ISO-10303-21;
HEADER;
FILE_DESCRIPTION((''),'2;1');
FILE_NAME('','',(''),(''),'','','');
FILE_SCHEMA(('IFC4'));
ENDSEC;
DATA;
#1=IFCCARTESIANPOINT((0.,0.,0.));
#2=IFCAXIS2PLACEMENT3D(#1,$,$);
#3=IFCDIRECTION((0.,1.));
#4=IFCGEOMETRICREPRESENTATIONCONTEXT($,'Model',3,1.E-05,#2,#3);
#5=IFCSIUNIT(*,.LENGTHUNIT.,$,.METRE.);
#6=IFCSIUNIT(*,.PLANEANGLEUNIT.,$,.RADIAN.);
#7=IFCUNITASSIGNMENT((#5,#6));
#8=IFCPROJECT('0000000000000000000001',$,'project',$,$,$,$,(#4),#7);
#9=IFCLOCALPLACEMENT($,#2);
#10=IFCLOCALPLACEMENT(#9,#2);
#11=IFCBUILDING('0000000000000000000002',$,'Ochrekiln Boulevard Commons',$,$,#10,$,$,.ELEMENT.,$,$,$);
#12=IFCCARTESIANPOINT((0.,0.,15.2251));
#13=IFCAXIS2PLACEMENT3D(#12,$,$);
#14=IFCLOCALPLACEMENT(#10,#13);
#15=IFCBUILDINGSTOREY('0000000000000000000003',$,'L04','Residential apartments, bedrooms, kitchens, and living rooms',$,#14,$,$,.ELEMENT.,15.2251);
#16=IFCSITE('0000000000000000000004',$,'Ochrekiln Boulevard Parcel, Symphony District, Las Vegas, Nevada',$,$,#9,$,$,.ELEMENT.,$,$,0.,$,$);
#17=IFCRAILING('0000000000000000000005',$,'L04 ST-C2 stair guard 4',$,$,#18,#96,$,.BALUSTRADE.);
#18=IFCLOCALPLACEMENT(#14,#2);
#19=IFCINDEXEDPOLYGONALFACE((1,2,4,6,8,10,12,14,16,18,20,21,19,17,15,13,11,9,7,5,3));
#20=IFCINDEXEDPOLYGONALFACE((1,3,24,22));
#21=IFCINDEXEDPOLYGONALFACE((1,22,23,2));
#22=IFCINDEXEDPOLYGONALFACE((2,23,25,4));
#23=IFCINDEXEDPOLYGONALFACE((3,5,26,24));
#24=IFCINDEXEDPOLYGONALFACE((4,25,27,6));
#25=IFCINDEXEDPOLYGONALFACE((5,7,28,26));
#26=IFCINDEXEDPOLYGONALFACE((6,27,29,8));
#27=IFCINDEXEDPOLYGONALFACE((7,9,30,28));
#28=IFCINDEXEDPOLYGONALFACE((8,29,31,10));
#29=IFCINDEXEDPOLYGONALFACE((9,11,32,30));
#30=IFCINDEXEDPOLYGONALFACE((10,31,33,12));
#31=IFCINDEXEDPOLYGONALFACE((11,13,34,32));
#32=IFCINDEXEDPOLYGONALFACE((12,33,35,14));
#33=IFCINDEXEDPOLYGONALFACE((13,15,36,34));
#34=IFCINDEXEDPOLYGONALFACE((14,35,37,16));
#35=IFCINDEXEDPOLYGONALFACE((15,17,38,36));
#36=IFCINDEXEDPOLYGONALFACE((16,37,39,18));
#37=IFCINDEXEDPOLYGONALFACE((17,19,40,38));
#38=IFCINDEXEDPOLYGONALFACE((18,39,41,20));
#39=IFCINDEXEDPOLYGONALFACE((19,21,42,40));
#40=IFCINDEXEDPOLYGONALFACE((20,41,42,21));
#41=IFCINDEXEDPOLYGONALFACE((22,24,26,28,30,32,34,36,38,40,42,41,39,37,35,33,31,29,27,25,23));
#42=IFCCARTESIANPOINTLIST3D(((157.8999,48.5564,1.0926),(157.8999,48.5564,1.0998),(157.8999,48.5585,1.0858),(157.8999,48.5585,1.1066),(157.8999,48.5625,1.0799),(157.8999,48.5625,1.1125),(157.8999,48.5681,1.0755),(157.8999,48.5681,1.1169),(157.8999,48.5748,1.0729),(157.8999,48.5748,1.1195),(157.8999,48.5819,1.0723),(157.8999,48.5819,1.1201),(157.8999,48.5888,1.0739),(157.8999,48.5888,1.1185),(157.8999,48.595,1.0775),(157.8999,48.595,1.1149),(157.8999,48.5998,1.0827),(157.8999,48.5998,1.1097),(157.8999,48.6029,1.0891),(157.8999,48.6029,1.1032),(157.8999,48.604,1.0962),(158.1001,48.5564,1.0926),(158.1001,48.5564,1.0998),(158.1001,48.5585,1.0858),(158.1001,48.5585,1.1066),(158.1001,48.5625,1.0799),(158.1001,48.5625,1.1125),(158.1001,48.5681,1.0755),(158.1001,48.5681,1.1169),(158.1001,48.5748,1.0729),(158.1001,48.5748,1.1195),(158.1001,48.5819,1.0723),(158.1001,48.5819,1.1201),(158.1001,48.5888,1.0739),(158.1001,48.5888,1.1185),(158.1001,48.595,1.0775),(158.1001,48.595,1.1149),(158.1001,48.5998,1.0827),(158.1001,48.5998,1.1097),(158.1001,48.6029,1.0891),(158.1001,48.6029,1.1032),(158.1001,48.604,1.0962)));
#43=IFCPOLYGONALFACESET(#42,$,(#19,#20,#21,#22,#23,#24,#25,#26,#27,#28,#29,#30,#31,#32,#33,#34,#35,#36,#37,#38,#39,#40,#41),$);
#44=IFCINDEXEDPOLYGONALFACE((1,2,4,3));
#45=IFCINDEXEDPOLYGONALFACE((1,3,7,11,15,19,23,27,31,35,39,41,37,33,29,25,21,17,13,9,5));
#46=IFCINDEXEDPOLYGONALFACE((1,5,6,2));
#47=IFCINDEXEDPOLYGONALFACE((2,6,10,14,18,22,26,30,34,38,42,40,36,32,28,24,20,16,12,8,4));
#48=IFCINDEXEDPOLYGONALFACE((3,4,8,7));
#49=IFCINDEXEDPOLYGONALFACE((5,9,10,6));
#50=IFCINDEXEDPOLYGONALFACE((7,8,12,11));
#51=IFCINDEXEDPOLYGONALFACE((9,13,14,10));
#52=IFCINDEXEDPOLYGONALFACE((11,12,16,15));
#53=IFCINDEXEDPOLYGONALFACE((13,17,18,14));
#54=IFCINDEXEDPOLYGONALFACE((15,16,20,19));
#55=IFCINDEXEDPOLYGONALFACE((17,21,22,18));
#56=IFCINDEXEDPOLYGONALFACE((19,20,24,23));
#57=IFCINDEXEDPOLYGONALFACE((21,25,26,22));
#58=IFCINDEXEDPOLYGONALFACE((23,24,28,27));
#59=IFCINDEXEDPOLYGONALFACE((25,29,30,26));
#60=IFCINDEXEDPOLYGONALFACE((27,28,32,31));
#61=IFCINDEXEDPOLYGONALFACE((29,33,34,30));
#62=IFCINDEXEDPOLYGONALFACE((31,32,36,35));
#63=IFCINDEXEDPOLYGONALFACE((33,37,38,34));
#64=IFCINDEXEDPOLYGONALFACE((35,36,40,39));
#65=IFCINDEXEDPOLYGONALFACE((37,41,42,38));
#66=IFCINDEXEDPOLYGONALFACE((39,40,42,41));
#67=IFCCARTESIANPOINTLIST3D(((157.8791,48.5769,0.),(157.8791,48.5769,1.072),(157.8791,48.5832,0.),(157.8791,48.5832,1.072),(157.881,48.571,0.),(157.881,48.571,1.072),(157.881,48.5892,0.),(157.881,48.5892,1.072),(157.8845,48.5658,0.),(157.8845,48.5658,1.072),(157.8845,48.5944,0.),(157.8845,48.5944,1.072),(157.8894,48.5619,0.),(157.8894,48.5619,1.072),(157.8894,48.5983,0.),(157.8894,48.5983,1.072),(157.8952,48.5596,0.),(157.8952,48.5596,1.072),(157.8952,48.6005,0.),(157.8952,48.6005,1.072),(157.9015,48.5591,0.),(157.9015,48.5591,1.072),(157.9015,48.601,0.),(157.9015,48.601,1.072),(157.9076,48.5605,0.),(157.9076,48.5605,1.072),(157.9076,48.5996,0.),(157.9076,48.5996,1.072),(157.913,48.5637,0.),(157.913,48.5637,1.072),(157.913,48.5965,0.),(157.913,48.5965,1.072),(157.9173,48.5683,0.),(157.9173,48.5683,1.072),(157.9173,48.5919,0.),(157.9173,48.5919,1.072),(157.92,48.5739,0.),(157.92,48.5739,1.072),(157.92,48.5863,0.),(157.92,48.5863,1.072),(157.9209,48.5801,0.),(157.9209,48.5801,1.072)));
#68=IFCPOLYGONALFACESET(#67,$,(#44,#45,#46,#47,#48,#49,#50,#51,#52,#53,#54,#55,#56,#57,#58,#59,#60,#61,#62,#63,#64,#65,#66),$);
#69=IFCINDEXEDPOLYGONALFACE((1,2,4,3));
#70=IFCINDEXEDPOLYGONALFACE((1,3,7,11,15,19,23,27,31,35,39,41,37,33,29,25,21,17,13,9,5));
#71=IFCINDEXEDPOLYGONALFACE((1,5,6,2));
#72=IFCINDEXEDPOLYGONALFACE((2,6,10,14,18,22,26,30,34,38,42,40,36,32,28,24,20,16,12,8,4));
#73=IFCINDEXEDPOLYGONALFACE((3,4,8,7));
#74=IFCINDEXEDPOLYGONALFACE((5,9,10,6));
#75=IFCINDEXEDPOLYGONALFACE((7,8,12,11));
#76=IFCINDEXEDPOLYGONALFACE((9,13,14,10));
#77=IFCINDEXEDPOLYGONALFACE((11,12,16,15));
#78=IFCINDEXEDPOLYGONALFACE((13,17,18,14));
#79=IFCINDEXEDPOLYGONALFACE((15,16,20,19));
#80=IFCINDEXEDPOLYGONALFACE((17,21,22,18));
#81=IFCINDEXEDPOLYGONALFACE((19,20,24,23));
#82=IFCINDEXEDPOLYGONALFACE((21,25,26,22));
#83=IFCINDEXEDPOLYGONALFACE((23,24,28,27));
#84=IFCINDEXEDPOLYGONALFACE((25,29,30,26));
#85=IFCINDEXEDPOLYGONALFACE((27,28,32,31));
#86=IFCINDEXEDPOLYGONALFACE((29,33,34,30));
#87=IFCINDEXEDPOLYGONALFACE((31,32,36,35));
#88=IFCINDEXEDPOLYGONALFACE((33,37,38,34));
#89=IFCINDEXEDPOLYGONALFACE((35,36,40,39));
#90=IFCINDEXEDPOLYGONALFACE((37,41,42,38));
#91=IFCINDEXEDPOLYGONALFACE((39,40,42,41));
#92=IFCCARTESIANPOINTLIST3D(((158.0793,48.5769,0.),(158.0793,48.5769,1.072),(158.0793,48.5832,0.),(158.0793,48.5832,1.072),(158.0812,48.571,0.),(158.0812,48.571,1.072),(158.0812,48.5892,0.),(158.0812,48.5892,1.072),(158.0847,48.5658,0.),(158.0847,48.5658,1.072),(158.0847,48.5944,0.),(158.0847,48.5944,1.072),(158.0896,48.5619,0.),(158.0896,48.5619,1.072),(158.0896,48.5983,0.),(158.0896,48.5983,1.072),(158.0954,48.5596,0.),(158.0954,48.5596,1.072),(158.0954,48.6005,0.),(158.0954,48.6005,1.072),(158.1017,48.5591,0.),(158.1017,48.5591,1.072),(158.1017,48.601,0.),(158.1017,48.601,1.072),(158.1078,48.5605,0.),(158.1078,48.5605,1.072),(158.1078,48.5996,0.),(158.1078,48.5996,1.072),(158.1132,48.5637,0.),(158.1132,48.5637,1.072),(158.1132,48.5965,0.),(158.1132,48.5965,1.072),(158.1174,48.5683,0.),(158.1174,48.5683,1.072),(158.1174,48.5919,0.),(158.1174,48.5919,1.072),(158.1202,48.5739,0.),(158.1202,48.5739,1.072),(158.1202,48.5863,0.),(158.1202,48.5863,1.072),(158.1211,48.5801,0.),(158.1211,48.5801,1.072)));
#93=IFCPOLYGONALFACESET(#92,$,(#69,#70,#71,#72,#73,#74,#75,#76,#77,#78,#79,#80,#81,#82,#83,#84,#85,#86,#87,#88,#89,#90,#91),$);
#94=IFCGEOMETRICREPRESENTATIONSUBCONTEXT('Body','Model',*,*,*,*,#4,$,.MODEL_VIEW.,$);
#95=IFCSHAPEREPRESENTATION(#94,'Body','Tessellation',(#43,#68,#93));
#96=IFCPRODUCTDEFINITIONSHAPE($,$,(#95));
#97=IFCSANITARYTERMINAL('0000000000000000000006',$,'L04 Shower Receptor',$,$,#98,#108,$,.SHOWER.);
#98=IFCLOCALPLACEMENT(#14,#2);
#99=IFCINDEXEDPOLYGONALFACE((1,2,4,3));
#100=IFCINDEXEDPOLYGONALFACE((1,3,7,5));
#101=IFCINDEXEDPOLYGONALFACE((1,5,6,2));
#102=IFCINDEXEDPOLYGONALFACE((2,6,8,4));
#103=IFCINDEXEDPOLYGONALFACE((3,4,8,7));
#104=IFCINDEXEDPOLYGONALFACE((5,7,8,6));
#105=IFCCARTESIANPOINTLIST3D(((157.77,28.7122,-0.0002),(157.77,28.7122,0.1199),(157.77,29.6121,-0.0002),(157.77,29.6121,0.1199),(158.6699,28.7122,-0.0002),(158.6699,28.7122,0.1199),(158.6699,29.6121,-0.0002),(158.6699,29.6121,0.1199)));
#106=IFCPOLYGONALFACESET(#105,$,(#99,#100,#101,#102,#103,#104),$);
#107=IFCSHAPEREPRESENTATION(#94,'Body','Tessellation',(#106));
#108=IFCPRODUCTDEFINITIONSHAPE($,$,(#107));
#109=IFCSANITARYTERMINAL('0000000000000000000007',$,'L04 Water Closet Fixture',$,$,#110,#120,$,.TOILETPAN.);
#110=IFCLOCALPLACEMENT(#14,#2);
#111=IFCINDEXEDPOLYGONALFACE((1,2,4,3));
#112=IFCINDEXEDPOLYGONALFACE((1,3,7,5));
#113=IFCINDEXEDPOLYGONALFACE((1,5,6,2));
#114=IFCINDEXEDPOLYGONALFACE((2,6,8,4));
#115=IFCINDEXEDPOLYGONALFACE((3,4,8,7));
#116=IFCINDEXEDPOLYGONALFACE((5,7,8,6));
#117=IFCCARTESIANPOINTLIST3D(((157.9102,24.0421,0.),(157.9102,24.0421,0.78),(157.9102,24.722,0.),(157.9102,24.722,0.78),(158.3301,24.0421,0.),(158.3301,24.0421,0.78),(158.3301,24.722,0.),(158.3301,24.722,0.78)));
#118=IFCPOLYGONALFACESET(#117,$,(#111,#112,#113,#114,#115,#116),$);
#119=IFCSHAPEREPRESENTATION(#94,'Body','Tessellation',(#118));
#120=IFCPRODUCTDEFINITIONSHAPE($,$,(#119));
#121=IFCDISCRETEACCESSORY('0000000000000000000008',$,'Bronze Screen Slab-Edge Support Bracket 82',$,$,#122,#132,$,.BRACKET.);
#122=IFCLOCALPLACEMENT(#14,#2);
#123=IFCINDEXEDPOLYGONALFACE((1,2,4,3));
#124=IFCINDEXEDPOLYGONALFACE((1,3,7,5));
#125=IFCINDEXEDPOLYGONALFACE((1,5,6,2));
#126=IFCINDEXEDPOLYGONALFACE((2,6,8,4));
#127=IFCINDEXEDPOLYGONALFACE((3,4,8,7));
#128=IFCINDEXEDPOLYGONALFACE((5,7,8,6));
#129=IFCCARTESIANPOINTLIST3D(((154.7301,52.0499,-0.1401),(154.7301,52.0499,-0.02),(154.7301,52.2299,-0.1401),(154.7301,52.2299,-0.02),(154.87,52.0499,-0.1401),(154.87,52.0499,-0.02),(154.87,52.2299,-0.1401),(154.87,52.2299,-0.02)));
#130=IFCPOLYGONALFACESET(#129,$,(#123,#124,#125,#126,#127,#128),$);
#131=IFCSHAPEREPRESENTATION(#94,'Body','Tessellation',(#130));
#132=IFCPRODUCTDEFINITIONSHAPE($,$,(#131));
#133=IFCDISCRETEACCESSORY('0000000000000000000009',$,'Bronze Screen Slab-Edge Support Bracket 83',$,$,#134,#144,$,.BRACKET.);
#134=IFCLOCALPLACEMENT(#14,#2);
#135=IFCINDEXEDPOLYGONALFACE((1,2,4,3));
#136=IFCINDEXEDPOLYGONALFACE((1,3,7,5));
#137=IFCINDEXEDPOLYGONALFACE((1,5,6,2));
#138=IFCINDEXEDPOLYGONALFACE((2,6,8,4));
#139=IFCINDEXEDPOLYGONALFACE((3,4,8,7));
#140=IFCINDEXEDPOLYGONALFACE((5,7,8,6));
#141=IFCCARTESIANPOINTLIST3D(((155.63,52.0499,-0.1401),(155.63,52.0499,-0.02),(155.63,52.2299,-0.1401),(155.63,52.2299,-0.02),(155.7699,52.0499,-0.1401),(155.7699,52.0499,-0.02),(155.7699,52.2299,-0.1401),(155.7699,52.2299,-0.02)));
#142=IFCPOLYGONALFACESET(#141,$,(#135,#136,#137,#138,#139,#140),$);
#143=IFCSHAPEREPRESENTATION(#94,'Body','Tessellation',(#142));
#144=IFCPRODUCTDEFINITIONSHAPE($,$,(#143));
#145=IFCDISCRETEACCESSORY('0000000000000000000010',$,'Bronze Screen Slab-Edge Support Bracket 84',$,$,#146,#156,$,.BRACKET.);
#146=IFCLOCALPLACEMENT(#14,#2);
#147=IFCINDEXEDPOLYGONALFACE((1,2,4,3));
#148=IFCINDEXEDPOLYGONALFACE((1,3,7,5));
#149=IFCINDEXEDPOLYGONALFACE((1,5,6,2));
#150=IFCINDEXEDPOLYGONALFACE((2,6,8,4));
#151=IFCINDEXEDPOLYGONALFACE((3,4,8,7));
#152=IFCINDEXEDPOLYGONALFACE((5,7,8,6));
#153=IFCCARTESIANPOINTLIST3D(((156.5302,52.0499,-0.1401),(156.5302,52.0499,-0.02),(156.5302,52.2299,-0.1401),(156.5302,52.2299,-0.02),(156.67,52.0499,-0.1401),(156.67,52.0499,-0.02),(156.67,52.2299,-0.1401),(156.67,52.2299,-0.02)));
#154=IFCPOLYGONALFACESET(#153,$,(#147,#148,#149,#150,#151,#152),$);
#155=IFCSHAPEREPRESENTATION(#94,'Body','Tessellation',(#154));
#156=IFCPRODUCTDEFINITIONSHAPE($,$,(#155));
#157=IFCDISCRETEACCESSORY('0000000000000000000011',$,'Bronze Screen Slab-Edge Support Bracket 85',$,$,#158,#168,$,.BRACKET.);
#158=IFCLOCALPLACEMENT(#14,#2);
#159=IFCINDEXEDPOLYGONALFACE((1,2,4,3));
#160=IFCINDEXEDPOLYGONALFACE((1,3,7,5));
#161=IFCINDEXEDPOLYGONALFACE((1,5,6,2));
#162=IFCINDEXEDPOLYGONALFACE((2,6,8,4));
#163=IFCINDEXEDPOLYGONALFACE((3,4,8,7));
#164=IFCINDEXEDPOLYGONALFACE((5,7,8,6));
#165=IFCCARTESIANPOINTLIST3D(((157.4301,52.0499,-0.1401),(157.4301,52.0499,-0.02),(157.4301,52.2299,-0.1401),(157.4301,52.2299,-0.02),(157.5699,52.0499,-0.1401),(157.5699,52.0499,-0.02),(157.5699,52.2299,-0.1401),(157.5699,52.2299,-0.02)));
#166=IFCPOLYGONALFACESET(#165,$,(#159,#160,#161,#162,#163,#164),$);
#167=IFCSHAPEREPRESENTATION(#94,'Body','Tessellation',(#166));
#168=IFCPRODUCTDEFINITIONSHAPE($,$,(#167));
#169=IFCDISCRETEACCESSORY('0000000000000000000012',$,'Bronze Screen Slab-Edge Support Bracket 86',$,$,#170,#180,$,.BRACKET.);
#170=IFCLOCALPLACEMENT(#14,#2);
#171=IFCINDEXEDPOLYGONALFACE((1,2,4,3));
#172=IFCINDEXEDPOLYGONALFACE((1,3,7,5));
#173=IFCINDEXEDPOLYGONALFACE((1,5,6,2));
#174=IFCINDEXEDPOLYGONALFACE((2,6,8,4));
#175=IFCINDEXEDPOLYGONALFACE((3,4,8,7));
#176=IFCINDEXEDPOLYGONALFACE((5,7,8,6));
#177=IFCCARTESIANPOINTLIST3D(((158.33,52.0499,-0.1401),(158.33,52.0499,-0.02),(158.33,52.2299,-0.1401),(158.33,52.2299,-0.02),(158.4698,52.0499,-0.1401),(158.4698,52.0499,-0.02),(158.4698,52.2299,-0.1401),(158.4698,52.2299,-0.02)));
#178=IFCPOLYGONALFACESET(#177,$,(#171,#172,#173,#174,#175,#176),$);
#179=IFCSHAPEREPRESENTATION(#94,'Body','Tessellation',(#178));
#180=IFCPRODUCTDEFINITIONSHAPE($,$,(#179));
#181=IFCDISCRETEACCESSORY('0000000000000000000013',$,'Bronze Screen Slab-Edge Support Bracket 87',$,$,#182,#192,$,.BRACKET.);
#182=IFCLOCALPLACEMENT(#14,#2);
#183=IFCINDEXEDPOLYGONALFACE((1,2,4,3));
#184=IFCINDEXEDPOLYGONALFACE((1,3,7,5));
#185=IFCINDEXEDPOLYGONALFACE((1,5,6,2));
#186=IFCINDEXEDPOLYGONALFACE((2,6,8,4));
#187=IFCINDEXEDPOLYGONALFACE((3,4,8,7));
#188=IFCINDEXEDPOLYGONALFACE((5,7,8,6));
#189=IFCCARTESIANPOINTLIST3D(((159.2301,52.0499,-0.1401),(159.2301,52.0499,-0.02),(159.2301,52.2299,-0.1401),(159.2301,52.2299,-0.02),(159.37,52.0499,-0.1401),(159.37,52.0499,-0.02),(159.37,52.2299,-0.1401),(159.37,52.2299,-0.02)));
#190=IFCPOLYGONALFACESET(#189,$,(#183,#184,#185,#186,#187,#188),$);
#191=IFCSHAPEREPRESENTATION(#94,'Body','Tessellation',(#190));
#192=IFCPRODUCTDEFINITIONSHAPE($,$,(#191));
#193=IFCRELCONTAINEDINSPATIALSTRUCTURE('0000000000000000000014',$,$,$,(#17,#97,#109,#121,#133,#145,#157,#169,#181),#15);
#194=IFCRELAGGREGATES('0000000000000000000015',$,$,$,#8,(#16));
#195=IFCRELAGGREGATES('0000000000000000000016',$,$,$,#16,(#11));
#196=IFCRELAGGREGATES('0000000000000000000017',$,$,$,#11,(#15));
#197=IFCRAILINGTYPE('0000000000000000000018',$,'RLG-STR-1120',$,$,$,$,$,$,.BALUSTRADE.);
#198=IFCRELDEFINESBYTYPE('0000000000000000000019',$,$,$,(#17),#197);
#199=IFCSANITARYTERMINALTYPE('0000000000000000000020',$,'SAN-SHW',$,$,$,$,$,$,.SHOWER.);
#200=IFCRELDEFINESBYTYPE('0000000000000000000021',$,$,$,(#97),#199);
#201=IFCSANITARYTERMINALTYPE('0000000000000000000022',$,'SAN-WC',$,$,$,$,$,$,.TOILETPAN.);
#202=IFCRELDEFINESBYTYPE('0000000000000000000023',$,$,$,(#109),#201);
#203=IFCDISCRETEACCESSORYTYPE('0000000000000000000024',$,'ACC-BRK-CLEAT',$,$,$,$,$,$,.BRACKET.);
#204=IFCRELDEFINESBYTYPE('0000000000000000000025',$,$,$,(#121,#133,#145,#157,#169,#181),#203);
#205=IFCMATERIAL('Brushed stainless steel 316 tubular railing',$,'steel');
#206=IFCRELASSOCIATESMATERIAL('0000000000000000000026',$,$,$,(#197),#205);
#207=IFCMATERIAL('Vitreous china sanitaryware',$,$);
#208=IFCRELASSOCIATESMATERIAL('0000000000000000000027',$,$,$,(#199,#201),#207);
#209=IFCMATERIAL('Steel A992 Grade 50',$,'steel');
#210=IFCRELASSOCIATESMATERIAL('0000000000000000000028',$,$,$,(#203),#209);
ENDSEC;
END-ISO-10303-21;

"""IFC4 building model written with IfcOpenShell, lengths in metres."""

from ifc_helpers import new_model, si_unit, direction, frame, origin, origin_2d, place, context, subcontext, project, spatial, rectangle, circle, extrude, material, type_object, element, save


model = new_model("IFC4")

# Units and contexts
model_context = context("Model", 3, precision=1e-05, world=origin(), true_north=direction((0.0, 1.0)))
body_context = subcontext(model_context, "Body", "Model", "MODEL_VIEW")
ifc_project = project(units=[si_unit("LENGTHUNIT", "METRE"), si_unit("PLANEANGLEUNIT", "RADIAN")], contexts=[model_context])

# Site, building, storey
site_placement = place(None, origin())
site = spatial("IfcSite", under=ifc_project, at=site_placement, Name="Ochrekiln Boulevard Parcel, Symphony District, Las Vegas, Nevada", CompositionType="ELEMENT", RefElevation=0.0)
building_placement = place(site_placement, origin())
building = spatial("IfcBuilding", under=site, at=building_placement, Name="Ochrekiln Boulevard Commons", CompositionType="ELEMENT")
storey_placement = place(building_placement, frame((0.0, 0.0, 15.2251)))
storey = spatial("IfcBuildingStorey", under=building, at=storey_placement, Name="L04", Description="Residential apartments, bedrooms, kitchens, and living rooms", CompositionType="ELEMENT", Elevation=15.2251)

# Railing
ifc_material_1 = material(Name="Brushed stainless steel 316 tubular railing", Category="steel")
railing_type_1 = type_object("IfcRailingType", Name="RLG-STR-1120", PredefinedType="BALUSTRADE", material=ifc_material_1)
railing_1_placement = place(storey_placement, frame((157.8999, 48.5801, 0.0)))
element("IfcRailing", 1, at=railing_1_placement, inside=storey, type_object=railing_type_1, Name="L04 ST-C2 stair guard 4", PredefinedType="BALUSTRADE", context=body_context, shape_type="SweptSolid", body=[
    extrude(circle(Radius=0.0239, at=origin_2d()), frame((0.0, 0.0, 1.0962), z_axis=(1.0, 0.0, 0.0), x_axis=(0.0, 1.0, 0.0)), (0.0, 0.0, 1.0), 0.2002),
    extrude(circle(Radius=0.021, at=origin_2d()), origin(), (0.0, 0.0, 1.0), 1.072),
    extrude(circle(Radius=0.021, at=origin_2d()), frame((0.2002, 0.0, 0.0)), (0.0, 0.0, 1.0), 1.072),
])

# Sanitary terminals
ifc_material_2 = material(Name="Vitreous china sanitaryware")
sanitary_terminal_type_1 = type_object("IfcSanitaryTerminalType", Name="SAN-SHW", PredefinedType="SHOWER", material=ifc_material_2)
sanitary_terminal_1_placement = place(storey_placement, frame((158.22, 29.1621, -0.0002), z_axis=(0.0, 0.0, 1.0), x_axis=(1.0, 0.0, 0.0)))
element("IfcSanitaryTerminal", 2, at=sanitary_terminal_1_placement, inside=storey, type_object=sanitary_terminal_type_1, Name="L04 Shower Receptor", PredefinedType="SHOWER", context=body_context, shape_type="SweptSolid", body=[
    extrude(rectangle(XDim=0.8999, YDim=0.8999, at=origin_2d()), origin(), (0.0, 0.0, 1.0), 0.1201),
])
sanitary_terminal_type_2 = type_object("IfcSanitaryTerminalType", Name="SAN-WC", PredefinedType="TOILETPAN", material=ifc_material_2)
sanitary_terminal_2_placement = place(storey_placement, frame((158.1201, 24.3821, 0.0), z_axis=(0.0, 0.0, 1.0), x_axis=(1.0, 0.0, 0.0)))
element("IfcSanitaryTerminal", 3, at=sanitary_terminal_2_placement, inside=storey, type_object=sanitary_terminal_type_2, Name="L04 Water Closet Fixture", PredefinedType="TOILETPAN", context=body_context, shape_type="SweptSolid", body=[
    extrude(rectangle(XDim=0.4199, YDim=0.6799, at=origin_2d()), origin(), (0.0, 0.0, 1.0), 0.78),
])

# Discrete accessories
ifc_material_3 = material(Name="Steel A992 Grade 50", Category="steel")
discrete_accessory_type = type_object("IfcDiscreteAccessoryType", Name="ACC-BRK-CLEAT", PredefinedType="BRACKET", material=ifc_material_3)
for number, where, z_axis, x_axis, name in (
    (4, (154.8, 52.1399, -0.1401), (0.0, 0.0, 1.0), (1.0, 0.0, 0.0), "Bronze Screen Slab-Edge Support Bracket 82"),
    (5, (155.7, 52.1399, -0.1401), (0.0, 0.0, 1.0), (1.0, 0.0, 0.0), "Bronze Screen Slab-Edge Support Bracket 83"),
    (6, (156.6001, 52.1399, -0.1401), (0.0, 0.0, 1.0), (1.0, 0.0, 0.0), "Bronze Screen Slab-Edge Support Bracket 84"),
    (7, (157.5, 52.1399, -0.1401), (0.0, 0.0, 1.0), (1.0, 0.0, 0.0), "Bronze Screen Slab-Edge Support Bracket 85"),
    (8, (158.3999, 52.1399, -0.1401), (0.0, 0.0, 1.0), (1.0, 0.0, 0.0), "Bronze Screen Slab-Edge Support Bracket 86"),
    (9, (159.3, 52.1399, -0.1401), (0.0, 0.0, 1.0), (1.0, 0.0, 0.0), "Bronze Screen Slab-Edge Support Bracket 87"),
):
    element("IfcDiscreteAccessory", number, at=place(storey_placement, frame(where, z_axis=z_axis, x_axis=x_axis)), inside=storey, type_object=discrete_accessory_type, Name=name, PredefinedType="BRACKET", context=body_context, shape_type="SweptSolid", body=[
        extrude(rectangle(XDim=0.1399, YDim=0.1799, at=origin_2d()), origin(), (0.0, 0.0, 1.0), 0.1201),
    ])

save(model, "model.ifc")
